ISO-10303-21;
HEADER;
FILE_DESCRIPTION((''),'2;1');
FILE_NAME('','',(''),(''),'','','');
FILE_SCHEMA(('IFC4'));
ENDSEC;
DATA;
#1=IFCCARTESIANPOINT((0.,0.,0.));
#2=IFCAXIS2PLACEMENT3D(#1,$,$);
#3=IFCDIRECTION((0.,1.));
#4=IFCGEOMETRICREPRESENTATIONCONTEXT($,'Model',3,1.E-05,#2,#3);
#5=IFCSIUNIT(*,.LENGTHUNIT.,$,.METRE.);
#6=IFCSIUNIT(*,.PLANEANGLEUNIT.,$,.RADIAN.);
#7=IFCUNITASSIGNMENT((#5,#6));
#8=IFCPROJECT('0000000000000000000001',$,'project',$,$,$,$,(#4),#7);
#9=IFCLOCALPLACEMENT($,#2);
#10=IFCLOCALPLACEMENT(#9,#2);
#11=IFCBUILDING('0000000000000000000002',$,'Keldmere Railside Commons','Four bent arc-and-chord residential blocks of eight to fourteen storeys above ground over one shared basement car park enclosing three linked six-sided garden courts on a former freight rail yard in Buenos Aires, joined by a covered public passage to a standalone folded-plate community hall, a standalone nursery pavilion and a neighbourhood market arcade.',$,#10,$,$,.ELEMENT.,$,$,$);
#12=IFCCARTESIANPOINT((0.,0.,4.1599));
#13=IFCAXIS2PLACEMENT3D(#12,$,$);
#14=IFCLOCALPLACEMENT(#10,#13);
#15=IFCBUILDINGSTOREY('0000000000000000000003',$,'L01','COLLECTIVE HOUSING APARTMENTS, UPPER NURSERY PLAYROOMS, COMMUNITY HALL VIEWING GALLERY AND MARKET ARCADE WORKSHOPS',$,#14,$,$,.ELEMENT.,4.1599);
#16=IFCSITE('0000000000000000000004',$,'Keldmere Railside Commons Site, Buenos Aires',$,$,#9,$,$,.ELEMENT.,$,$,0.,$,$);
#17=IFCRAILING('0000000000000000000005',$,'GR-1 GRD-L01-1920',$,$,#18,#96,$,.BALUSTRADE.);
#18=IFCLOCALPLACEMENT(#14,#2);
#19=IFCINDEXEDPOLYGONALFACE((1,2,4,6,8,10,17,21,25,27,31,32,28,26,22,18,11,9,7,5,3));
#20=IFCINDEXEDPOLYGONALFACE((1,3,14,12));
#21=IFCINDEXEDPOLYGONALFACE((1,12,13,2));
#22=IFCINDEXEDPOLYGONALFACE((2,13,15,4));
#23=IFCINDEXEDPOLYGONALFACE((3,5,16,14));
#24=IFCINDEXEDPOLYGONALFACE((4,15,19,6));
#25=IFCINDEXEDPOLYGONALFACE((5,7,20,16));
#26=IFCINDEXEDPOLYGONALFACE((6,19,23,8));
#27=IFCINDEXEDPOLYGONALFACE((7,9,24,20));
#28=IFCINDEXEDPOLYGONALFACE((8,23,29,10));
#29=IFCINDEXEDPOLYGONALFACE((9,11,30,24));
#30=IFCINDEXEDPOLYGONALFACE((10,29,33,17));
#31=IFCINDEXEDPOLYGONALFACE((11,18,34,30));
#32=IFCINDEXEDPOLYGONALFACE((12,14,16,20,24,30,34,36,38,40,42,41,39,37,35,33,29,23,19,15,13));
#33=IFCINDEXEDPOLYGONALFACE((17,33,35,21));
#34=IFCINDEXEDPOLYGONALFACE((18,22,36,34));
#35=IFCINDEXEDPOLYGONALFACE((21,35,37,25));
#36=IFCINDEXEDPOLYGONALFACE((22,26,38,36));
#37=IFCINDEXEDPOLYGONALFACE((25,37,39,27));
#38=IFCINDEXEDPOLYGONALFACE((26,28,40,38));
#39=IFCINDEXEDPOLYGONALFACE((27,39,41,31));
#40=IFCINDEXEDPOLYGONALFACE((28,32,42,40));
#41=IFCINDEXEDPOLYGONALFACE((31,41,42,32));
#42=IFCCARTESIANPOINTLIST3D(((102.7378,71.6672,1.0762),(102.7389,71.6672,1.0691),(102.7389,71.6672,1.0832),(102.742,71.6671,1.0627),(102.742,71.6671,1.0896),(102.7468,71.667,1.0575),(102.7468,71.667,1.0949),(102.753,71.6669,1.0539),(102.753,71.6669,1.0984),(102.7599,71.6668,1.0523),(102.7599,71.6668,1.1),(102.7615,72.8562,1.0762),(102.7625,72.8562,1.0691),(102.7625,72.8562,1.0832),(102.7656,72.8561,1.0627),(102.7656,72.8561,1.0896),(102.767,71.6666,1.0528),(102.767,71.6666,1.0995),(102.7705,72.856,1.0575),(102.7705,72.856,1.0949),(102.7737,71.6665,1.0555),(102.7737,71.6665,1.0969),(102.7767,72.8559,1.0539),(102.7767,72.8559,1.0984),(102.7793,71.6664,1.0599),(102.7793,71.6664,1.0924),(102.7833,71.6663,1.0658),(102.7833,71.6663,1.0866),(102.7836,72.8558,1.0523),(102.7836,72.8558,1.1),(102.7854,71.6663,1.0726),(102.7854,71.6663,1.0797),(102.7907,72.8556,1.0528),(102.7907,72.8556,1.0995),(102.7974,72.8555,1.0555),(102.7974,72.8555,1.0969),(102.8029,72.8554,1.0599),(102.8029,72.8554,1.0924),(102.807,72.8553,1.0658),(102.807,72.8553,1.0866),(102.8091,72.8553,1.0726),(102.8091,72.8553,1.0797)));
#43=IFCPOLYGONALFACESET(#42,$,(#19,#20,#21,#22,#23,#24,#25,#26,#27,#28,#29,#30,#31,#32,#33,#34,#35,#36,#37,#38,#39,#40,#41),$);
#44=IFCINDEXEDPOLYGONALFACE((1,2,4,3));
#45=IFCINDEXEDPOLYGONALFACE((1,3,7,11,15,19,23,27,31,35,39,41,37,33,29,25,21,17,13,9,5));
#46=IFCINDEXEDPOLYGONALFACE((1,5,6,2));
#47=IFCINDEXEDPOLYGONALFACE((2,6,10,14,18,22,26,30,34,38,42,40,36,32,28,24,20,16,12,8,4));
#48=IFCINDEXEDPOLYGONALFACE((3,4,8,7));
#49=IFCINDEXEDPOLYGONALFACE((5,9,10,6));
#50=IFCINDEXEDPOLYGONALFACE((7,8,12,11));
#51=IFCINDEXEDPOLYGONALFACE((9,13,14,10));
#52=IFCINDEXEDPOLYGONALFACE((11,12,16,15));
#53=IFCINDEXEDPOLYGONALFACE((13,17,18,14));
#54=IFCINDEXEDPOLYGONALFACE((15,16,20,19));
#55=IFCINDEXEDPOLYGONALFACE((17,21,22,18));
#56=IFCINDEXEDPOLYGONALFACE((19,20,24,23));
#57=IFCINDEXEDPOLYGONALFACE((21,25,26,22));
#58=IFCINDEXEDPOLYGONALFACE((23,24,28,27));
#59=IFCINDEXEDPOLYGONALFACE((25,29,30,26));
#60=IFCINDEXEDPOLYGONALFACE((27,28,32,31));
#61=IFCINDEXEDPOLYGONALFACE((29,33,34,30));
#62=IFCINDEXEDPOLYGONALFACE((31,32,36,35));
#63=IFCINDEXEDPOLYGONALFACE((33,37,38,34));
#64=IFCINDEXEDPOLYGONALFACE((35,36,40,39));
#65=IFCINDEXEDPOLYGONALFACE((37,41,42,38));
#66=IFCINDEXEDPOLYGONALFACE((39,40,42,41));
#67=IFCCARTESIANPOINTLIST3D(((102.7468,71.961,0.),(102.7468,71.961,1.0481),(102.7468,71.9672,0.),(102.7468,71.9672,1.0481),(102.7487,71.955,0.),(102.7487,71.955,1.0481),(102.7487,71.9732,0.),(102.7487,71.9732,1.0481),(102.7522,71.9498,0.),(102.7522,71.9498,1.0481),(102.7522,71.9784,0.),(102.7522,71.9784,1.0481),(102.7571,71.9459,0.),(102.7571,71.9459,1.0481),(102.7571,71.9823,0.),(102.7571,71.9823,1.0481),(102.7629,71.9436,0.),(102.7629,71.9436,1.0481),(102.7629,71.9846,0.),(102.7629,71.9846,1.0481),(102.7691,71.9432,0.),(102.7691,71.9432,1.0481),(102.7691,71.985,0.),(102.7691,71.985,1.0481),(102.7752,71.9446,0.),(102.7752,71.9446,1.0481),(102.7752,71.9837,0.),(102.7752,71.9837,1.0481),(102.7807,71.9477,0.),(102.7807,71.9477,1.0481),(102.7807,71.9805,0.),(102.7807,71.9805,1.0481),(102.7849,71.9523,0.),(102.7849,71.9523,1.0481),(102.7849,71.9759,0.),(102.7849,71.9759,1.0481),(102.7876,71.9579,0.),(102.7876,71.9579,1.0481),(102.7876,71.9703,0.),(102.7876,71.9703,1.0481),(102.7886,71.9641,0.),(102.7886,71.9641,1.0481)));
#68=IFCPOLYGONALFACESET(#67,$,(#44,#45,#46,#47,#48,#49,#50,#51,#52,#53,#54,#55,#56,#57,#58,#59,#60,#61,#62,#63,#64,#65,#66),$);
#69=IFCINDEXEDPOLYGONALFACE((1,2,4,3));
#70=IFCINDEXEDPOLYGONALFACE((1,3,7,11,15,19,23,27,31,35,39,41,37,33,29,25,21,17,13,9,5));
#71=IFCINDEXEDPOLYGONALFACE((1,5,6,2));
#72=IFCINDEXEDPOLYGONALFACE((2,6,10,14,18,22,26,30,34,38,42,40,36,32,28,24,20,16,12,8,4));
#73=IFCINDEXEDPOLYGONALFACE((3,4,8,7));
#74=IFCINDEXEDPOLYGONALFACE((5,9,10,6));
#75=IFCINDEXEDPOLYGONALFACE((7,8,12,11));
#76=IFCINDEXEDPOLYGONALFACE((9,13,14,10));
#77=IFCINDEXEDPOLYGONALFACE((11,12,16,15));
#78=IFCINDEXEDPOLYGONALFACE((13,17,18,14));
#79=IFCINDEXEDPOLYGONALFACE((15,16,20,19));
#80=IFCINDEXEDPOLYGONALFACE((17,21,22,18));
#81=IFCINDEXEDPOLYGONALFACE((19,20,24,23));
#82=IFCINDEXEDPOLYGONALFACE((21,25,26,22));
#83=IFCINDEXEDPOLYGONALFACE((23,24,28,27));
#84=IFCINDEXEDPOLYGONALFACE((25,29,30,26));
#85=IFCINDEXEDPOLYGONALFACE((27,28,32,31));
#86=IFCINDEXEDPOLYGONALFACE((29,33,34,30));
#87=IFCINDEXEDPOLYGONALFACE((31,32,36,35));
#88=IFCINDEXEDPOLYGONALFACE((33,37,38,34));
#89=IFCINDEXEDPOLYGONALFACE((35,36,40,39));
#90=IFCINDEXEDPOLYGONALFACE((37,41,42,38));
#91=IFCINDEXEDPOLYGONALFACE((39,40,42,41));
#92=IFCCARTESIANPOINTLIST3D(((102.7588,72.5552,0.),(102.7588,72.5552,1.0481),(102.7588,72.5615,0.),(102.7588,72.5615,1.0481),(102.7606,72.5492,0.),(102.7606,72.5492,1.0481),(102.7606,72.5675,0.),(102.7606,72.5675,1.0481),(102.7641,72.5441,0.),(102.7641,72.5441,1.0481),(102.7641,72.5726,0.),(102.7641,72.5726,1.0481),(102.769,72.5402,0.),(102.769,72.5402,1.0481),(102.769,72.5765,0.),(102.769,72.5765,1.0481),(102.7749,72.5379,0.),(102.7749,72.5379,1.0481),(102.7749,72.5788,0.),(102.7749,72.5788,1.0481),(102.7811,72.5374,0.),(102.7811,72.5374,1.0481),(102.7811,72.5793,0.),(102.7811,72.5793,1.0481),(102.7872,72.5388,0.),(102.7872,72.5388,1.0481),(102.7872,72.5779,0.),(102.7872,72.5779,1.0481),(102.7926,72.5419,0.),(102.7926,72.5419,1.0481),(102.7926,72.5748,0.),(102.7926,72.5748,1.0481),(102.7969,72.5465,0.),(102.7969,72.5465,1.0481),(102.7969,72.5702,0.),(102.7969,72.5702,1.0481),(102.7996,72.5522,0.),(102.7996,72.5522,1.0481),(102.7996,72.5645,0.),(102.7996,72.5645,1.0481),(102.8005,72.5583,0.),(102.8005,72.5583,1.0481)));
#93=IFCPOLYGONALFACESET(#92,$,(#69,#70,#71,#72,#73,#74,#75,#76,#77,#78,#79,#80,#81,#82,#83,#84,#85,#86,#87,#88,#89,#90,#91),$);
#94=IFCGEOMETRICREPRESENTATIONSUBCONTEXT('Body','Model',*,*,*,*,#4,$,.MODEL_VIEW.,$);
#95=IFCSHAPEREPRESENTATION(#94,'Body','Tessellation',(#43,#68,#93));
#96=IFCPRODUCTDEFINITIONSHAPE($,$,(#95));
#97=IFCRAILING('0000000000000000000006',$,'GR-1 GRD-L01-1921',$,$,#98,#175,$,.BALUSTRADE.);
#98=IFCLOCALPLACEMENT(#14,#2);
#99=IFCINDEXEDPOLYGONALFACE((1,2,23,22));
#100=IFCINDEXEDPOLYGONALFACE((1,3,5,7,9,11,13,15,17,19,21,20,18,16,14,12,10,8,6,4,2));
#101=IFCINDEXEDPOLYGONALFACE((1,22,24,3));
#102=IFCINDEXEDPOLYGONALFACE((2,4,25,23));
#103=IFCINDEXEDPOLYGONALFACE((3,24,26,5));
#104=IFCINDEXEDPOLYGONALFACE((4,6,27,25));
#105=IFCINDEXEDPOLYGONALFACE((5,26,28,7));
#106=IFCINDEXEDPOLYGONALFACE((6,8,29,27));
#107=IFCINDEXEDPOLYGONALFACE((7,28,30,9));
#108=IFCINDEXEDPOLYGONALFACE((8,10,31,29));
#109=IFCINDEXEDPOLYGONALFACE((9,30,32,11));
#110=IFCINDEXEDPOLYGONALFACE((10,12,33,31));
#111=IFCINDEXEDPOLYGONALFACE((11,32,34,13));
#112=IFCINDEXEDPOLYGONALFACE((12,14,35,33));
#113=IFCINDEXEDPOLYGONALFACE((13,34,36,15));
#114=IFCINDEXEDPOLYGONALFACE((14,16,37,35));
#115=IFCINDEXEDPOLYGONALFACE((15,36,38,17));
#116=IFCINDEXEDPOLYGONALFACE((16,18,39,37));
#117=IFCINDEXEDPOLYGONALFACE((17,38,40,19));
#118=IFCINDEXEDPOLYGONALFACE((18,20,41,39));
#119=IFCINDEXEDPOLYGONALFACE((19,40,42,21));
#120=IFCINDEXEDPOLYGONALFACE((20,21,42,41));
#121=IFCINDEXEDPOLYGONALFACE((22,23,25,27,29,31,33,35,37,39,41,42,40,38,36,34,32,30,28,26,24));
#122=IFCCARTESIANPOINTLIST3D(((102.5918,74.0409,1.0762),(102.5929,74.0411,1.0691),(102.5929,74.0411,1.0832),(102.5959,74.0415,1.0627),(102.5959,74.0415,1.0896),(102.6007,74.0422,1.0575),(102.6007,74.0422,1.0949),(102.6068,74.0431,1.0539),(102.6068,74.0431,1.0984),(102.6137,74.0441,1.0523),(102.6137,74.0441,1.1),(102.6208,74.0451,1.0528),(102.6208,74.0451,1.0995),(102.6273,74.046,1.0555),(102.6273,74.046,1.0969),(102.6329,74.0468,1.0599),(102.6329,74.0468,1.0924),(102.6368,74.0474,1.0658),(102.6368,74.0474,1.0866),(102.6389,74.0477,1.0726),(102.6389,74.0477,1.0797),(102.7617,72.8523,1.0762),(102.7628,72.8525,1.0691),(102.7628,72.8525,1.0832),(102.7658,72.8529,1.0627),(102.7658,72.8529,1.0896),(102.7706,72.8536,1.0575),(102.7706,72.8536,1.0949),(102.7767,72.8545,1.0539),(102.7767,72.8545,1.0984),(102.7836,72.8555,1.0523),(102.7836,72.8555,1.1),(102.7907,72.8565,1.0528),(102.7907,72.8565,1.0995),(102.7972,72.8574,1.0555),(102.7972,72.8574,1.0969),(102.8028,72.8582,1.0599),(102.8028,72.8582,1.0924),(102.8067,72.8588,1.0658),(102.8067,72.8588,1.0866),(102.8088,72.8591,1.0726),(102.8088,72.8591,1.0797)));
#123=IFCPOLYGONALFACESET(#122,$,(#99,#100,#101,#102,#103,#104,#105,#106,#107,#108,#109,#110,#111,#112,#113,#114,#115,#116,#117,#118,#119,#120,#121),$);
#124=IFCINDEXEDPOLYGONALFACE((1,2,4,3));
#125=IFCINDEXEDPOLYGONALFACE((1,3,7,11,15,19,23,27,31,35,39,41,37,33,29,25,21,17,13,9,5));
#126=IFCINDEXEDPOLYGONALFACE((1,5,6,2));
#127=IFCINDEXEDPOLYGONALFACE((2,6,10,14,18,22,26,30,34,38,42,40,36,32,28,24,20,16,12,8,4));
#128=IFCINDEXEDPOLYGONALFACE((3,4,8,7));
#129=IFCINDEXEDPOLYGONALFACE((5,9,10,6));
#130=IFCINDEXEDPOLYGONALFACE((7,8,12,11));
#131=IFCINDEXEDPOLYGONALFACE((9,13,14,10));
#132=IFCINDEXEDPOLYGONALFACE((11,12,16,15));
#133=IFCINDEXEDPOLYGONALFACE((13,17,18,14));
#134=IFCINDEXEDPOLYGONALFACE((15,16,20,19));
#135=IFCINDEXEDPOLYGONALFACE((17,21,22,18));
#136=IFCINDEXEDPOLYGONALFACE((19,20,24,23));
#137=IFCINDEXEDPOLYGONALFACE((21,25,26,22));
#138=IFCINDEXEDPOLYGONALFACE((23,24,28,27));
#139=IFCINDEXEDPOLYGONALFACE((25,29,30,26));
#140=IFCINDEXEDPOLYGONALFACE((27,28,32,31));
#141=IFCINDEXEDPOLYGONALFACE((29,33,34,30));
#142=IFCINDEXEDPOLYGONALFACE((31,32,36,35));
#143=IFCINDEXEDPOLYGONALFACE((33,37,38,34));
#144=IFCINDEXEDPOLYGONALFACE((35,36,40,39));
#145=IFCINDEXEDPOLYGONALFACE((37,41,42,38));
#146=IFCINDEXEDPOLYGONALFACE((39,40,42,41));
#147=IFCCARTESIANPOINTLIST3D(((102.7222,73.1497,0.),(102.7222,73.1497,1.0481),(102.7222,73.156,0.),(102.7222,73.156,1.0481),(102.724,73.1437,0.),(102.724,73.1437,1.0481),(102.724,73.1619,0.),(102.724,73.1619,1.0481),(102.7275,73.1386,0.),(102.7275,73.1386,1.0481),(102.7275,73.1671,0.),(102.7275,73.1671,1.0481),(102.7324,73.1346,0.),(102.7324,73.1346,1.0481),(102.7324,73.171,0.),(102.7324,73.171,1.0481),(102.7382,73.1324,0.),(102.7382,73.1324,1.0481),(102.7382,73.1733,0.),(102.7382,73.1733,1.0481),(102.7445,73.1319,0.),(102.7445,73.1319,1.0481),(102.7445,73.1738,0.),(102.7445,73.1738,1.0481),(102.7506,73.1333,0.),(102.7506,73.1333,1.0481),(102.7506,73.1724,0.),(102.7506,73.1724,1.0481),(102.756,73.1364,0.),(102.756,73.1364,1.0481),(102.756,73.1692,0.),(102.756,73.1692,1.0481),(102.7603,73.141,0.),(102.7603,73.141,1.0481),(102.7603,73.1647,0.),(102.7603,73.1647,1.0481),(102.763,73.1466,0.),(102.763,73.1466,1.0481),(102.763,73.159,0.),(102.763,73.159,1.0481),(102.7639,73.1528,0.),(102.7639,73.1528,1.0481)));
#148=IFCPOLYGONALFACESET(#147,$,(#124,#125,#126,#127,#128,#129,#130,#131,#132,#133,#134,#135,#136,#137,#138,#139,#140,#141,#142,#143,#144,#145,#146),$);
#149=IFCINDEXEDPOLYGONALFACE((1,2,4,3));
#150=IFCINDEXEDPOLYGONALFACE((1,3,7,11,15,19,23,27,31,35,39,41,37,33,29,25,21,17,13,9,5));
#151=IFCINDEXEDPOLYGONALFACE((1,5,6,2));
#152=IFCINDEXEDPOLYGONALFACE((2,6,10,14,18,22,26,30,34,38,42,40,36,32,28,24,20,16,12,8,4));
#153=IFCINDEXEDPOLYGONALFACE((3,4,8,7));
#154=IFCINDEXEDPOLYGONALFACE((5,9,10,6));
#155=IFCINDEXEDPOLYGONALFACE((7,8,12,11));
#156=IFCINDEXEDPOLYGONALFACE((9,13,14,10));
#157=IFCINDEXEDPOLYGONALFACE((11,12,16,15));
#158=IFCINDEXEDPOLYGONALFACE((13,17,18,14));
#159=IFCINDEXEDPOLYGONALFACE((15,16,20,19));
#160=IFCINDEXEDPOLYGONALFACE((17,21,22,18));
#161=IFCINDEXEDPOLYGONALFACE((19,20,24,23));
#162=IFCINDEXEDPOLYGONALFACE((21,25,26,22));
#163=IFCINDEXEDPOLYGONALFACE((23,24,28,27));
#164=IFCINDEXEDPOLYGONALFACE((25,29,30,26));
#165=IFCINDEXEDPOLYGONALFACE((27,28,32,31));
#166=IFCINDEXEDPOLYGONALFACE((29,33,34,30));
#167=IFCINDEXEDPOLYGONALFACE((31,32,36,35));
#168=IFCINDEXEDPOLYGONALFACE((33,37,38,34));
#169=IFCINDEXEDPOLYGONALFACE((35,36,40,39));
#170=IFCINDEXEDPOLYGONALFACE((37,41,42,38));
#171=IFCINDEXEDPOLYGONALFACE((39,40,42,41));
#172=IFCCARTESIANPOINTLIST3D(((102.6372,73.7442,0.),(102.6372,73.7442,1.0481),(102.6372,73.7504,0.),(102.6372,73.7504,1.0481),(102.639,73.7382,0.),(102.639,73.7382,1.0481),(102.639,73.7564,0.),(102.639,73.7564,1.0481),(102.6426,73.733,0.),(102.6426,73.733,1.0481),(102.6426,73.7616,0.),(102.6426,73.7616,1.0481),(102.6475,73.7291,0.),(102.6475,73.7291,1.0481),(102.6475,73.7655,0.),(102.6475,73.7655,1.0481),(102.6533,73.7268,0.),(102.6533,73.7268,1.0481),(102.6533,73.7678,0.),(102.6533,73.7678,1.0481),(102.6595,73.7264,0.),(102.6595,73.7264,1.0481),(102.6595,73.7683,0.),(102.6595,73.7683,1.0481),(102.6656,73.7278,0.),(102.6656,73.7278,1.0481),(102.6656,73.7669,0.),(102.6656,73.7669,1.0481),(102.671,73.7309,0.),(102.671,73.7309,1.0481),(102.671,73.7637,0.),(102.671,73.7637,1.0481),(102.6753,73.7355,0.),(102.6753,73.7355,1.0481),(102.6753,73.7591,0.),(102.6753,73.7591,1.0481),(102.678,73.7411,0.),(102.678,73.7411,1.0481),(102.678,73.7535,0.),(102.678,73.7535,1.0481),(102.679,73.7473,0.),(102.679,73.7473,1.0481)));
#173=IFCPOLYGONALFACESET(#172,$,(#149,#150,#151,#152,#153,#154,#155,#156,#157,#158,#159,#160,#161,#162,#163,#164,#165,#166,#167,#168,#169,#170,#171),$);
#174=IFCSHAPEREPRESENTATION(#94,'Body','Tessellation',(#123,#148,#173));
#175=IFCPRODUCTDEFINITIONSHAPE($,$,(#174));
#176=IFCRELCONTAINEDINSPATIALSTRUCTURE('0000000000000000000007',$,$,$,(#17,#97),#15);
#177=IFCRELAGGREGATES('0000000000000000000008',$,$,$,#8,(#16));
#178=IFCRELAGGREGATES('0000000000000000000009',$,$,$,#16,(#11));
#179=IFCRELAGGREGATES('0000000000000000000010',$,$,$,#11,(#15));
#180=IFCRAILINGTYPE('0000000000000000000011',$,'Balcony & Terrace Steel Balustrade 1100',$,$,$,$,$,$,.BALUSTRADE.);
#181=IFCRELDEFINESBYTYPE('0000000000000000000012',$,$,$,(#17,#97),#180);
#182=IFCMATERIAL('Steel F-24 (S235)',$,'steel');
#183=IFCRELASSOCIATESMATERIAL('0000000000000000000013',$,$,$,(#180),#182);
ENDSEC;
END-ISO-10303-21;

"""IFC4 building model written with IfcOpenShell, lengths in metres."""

from ifc_helpers import new_model, si_unit, direction, frame, origin, origin_2d, place, context, subcontext, project, spatial, circle, extrude, material, type_object, element, save


model = new_model("IFC4")

# Units and contexts
model_context = context("Model", 3, precision=1e-05, world=origin(), true_north=direction((0.0, 1.0)))
body_context = subcontext(model_context, "Body", "Model", "MODEL_VIEW")
ifc_project = project(units=[si_unit("LENGTHUNIT", "METRE"), si_unit("PLANEANGLEUNIT", "RADIAN")], contexts=[model_context])

# Site, building, storey
site_placement = place(None, origin())
site = spatial("IfcSite", under=ifc_project, at=site_placement, Name="Keldmere Railside Commons Site, Buenos Aires", CompositionType="ELEMENT", RefElevation=0.0)
building_placement = place(site_placement, origin())
building = spatial("IfcBuilding", under=site, at=building_placement, Name="Keldmere Railside Commons", Description="Four bent arc-and-chord residential blocks of eight to fourteen storeys above ground over one shared basement car park enclosing three linked six-sided garden courts on a former freight rail yard in Buenos Aires, joined by a covered public passage to a standalone folded-plate community hall, a standalone nursery pavilion and a neighbourhood market arcade.", CompositionType="ELEMENT")
storey_placement = place(building_placement, frame((0.0, 0.0, 4.1599)))
storey = spatial("IfcBuildingStorey", under=building, at=storey_placement, Name="L01", Description="COLLECTIVE HOUSING APARTMENTS, UPPER NURSERY PLAYROOMS, COMMUNITY HALL VIEWING GALLERY AND MARKET ARCADE WORKSHOPS", CompositionType="ELEMENT", Elevation=4.1599)

# Shared definitions
ifc_material_1 = material(Name="Steel F-24 (S235)", Category="steel")

# Railings
railing_type_1 = type_object("IfcRailingType", Name="Balcony & Terrace Steel Balustrade 1100", PredefinedType="BALUSTRADE", material=ifc_material_1)
railing_1_placement = place(storey_placement, frame((102.7617, 71.6667, 0.0)))
element("IfcRailing", 1, at=railing_1_placement, inside=storey, type_object=railing_type_1, Name="GR-1 GRD-L01-1920", PredefinedType="BALUSTRADE", context=body_context, shape_type="SweptSolid", body=[
    extrude(circle(Radius=0.0239, at=origin_2d()), frame((0.0, 0.0, 1.0762), z_axis=(0.019914, 0.999802, 0.0), x_axis=(-0.999802, 0.019914, 0.0)), (0.0, 0.0, 1.0), 1.1892),
    extrude(circle(Radius=0.021, at=origin_2d()), frame((0.0059, 0.2974, 0.0)), (0.0, 0.0, 1.0), 1.0481),
    extrude(circle(Radius=0.021, at=origin_2d()), frame((0.0178, 0.8916, 0.0)), (0.0, 0.0, 1.0), 1.0481),
])
railing_2_placement = place(storey_placement, frame((102.7854, 72.8557, 0.0)))
element("IfcRailing", 2, at=railing_2_placement, inside=storey, type_object=railing_type_1, Name="GR-1 GRD-L01-1921", PredefinedType="BALUSTRADE", context=body_context, shape_type="SweptSolid", body=[
    extrude(circle(Radius=0.0239, at=origin_2d()), frame((0.0, 0.0, 1.0762), z_axis=(-0.141507, 0.989937, 0.0), x_axis=(-0.989937, -0.141507, 0.0)), (0.0, 0.0, 1.0), 1.2007),
    extrude(circle(Radius=0.021, at=origin_2d()), frame((-0.0425, 0.2971, 0.0)), (0.0, 0.0, 1.0), 1.0481),
    extrude(circle(Radius=0.021, at=origin_2d()), frame((-0.1274, 0.8916, 0.0)), (0.0, 0.0, 1.0), 1.0481),
])

save(model, "model.ifc")
